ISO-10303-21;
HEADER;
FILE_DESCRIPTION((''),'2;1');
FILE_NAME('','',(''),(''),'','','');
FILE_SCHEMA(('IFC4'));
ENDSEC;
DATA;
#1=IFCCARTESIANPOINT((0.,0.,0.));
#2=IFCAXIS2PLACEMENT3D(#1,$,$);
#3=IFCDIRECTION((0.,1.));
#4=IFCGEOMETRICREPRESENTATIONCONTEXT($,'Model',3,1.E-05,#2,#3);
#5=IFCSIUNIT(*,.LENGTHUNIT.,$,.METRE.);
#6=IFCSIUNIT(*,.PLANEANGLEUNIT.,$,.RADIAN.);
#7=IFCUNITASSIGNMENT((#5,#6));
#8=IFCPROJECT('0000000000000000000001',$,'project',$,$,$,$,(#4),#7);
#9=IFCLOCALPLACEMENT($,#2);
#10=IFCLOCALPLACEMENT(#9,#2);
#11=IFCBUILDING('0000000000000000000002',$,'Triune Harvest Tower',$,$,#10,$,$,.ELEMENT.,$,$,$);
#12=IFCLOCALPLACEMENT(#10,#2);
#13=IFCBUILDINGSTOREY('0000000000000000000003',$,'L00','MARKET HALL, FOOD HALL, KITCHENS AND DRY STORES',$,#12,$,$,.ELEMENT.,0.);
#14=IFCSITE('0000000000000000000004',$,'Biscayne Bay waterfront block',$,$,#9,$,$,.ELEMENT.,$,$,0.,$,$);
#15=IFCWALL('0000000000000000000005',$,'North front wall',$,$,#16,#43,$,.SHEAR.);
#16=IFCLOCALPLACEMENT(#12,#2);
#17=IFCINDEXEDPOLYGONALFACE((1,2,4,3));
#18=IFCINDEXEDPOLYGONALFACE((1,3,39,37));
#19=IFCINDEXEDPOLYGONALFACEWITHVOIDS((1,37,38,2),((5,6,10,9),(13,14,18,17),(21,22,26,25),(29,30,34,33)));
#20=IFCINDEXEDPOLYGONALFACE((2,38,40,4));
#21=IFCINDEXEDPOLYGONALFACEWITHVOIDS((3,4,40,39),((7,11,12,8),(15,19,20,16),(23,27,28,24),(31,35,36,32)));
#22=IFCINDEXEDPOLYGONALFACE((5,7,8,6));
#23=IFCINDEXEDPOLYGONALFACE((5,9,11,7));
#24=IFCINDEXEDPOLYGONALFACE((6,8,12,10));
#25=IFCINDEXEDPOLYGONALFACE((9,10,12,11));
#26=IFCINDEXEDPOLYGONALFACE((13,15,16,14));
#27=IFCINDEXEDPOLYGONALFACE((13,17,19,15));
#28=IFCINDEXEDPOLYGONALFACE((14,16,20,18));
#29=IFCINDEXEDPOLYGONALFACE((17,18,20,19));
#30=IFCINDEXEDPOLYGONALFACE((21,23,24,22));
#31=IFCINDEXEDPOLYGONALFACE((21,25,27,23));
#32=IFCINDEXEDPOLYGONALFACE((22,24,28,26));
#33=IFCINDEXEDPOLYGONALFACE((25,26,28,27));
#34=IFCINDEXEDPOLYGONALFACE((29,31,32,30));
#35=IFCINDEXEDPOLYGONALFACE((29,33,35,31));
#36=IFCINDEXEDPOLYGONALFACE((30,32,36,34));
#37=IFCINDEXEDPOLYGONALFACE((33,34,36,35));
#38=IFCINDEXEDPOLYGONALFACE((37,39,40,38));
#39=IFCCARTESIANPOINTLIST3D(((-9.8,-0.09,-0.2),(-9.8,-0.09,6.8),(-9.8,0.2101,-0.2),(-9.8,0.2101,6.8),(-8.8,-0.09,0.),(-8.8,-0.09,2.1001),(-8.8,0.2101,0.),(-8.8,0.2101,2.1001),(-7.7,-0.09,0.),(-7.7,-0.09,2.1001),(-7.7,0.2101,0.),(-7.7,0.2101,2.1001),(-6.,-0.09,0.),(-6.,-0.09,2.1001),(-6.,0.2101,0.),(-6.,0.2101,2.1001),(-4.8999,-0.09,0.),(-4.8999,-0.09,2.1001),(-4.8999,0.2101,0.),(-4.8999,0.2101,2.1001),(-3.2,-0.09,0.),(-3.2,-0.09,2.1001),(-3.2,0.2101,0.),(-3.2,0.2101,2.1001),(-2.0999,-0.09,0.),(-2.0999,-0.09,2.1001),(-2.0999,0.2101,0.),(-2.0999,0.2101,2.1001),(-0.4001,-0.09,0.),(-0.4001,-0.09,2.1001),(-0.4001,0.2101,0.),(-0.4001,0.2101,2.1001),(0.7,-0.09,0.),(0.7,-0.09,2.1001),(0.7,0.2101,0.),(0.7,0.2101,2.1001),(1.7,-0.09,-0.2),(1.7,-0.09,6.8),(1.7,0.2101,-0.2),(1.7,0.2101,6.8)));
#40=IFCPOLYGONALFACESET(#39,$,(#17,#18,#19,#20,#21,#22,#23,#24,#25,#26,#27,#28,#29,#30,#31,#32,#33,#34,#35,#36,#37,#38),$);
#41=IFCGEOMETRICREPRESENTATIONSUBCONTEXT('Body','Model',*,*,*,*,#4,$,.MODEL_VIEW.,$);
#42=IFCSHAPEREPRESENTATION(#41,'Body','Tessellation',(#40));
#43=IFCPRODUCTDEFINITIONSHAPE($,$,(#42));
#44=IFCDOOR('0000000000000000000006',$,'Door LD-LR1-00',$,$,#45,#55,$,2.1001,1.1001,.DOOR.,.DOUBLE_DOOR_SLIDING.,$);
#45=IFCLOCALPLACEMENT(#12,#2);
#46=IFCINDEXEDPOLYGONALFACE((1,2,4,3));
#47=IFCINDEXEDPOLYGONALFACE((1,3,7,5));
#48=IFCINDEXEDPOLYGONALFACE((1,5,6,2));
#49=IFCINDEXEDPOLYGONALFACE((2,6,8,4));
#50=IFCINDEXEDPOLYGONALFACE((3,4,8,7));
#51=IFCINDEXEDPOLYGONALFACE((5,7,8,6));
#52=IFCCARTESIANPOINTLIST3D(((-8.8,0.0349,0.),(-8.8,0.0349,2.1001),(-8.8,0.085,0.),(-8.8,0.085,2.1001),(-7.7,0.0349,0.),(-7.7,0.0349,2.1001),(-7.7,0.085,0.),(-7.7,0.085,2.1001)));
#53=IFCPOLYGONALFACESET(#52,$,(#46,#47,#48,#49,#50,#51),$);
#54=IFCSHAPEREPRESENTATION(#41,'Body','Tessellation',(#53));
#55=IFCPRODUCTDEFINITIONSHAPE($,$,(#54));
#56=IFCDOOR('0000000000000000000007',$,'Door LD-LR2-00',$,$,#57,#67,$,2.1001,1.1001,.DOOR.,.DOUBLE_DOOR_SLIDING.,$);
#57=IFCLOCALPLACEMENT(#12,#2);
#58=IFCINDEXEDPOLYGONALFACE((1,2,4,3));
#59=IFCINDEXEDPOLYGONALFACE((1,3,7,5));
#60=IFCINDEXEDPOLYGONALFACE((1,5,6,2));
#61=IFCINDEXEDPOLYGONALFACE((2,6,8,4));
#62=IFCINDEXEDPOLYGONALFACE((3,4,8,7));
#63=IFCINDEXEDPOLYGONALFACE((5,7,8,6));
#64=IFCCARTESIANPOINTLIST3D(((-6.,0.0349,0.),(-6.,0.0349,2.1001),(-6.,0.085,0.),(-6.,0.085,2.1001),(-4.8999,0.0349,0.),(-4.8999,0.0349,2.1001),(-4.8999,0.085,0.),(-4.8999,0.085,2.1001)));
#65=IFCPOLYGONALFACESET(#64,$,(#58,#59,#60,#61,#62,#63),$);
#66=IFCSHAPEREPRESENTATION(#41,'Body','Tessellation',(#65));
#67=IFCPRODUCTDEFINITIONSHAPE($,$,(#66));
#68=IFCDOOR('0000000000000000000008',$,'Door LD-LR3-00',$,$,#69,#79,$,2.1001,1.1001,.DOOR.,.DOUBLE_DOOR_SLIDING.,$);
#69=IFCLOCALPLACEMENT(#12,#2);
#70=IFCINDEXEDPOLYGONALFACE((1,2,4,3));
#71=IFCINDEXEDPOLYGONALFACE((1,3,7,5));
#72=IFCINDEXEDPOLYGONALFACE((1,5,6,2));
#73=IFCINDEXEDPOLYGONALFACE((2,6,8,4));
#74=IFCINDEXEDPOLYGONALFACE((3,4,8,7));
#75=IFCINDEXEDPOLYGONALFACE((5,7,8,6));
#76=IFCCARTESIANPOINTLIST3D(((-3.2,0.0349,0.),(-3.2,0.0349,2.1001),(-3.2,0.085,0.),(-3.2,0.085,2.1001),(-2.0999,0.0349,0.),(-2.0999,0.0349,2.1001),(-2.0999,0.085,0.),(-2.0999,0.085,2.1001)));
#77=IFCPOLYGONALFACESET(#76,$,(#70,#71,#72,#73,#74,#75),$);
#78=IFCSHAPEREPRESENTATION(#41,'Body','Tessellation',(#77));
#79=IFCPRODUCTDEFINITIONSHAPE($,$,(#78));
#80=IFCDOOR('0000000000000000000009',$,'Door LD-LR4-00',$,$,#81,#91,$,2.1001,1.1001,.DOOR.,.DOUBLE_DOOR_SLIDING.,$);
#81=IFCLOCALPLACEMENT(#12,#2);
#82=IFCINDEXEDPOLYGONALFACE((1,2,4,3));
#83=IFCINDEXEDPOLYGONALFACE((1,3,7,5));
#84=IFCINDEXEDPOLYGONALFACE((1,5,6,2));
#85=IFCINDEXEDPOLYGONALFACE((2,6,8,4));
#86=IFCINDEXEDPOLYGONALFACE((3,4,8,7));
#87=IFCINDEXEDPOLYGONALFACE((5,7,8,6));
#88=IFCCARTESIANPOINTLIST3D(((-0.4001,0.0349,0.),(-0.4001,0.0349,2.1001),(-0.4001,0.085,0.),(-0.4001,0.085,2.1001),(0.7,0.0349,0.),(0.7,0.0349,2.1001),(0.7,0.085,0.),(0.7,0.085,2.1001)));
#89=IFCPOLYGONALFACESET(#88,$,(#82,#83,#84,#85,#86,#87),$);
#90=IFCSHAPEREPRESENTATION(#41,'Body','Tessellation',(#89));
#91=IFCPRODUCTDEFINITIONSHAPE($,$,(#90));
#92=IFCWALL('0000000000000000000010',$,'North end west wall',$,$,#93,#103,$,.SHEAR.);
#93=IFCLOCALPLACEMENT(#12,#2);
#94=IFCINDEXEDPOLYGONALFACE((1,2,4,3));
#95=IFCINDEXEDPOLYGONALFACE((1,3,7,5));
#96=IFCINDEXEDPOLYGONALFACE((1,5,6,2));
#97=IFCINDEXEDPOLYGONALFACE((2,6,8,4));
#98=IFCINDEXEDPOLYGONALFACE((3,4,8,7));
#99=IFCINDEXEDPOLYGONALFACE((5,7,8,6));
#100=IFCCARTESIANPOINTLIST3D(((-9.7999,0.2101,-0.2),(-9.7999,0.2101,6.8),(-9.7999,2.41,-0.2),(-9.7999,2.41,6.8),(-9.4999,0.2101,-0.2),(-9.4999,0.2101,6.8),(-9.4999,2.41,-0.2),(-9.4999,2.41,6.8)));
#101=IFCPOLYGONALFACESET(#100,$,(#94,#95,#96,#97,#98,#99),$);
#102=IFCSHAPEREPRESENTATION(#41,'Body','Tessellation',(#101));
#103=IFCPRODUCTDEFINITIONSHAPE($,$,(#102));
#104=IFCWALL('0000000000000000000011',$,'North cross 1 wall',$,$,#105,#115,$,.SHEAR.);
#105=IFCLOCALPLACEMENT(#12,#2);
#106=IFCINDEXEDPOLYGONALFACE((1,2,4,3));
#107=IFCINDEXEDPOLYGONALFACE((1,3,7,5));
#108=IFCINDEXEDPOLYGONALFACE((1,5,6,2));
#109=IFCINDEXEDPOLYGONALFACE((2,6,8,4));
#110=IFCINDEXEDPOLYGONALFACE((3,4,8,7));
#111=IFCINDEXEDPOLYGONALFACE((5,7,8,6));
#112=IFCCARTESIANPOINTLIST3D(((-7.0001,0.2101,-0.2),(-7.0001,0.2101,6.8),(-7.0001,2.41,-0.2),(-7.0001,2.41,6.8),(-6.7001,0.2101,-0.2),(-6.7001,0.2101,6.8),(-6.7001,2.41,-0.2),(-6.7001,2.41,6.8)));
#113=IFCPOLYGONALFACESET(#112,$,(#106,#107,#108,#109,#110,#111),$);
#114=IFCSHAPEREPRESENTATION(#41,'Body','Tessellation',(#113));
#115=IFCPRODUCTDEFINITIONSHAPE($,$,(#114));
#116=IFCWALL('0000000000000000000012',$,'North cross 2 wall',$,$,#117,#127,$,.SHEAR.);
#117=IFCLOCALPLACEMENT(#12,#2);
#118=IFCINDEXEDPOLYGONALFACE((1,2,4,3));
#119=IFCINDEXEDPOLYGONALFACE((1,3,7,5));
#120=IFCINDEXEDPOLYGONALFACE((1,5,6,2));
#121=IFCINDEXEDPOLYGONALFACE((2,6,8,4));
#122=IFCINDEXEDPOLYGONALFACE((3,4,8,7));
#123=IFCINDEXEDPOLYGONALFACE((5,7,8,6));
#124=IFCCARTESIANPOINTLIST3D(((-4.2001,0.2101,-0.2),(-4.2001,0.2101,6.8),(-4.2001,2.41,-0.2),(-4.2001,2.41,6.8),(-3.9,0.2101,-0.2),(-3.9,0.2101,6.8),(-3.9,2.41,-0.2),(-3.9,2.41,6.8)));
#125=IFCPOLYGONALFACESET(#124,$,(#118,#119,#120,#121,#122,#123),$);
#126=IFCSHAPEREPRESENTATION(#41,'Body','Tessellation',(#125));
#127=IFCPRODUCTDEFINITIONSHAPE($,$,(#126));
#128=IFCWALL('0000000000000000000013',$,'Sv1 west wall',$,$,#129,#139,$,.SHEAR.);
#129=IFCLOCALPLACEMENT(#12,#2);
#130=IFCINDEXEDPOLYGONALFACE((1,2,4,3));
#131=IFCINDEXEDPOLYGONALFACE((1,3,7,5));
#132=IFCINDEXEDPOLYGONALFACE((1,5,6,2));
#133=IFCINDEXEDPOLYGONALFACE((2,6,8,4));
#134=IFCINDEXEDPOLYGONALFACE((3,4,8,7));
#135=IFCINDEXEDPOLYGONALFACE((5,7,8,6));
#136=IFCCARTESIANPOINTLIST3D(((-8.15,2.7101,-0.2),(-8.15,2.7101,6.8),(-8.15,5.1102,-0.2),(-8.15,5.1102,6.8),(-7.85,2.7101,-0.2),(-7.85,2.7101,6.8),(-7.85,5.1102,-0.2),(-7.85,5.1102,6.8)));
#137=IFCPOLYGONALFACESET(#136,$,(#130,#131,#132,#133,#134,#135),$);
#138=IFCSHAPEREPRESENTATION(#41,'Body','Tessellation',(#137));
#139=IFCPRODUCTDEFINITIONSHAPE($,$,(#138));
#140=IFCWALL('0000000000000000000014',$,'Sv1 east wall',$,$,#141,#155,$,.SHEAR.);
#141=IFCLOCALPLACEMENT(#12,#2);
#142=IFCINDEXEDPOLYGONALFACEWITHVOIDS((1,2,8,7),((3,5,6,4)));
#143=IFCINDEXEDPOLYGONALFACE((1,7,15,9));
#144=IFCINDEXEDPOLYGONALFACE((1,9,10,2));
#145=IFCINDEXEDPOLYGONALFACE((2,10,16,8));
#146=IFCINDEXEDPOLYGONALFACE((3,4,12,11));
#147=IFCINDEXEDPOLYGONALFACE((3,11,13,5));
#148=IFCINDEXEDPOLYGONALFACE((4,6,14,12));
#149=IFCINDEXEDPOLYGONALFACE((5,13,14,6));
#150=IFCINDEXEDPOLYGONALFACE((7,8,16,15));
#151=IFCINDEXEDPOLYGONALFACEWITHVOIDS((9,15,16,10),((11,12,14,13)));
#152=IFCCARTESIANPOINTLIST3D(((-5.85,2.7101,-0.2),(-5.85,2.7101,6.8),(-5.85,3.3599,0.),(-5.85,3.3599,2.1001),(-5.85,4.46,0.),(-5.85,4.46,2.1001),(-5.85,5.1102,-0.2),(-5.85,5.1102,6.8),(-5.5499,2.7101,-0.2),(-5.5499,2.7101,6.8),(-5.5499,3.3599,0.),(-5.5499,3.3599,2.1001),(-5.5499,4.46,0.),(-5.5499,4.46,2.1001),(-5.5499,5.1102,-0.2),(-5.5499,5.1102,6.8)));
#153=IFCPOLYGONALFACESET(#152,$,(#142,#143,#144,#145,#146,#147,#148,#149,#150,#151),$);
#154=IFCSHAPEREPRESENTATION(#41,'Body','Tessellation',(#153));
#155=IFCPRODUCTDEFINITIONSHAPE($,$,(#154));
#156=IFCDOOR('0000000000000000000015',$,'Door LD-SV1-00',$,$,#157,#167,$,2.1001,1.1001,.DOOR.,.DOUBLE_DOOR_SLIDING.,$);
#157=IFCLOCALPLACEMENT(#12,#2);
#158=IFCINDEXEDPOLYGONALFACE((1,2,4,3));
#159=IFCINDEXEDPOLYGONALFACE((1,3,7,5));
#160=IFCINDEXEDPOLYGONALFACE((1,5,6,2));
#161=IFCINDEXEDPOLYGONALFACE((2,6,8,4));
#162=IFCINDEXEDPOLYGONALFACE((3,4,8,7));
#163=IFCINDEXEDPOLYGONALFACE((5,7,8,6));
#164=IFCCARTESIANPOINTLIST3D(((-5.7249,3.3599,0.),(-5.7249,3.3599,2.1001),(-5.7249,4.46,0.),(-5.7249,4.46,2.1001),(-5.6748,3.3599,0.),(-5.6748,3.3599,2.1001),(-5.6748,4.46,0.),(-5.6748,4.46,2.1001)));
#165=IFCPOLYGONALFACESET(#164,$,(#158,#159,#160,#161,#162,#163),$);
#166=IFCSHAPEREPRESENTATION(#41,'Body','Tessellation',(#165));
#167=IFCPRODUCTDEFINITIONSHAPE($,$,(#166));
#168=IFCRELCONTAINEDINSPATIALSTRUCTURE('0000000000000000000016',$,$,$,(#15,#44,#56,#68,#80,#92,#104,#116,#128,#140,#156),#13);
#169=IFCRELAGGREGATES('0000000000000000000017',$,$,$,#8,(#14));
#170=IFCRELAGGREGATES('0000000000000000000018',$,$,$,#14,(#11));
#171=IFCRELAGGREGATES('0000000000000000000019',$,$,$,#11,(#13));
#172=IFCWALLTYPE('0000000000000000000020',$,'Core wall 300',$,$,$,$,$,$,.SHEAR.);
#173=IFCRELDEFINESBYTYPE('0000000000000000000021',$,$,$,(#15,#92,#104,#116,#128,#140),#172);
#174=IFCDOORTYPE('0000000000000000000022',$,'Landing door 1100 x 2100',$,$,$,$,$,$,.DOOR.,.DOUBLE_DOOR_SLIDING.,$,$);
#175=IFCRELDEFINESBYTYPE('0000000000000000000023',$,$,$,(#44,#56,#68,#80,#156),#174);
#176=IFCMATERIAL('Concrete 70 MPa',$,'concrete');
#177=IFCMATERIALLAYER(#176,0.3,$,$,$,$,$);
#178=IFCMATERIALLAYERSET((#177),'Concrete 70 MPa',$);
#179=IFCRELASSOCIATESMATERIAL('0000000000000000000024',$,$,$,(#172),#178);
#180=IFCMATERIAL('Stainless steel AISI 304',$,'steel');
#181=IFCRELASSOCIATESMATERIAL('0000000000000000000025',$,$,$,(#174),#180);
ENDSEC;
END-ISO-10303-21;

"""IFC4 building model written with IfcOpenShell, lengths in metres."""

from ifc_helpers import new_model, si_unit, direction, frame, frame_2d, origin, place, context, subcontext, project, spatial, rectangle, extrude, source, transform, mapped, material, layer, layer_set, type_object, element, fill, save


model = new_model("IFC4")

# Units and contexts
model_context = context("Model", 3, precision=1e-05, world=origin(), true_north=direction((0.0, 1.0)))
body_context = subcontext(model_context, "Body", "Model", "MODEL_VIEW")
ifc_project = project(units=[si_unit("LENGTHUNIT", "METRE"), si_unit("PLANEANGLEUNIT", "RADIAN")], contexts=[model_context])

# Site, building, storey
site_placement = place(None, origin())
site = spatial("IfcSite", under=ifc_project, at=site_placement, Name="Biscayne Bay waterfront block", CompositionType="ELEMENT", RefElevation=0.0)
building_placement = place(site_placement, origin())
building = spatial("IfcBuilding", under=site, at=building_placement, Name="Triune Harvest Tower", CompositionType="ELEMENT")
storey_placement = place(building_placement, origin())
storey = spatial("IfcBuildingStorey", under=building, at=storey_placement, Name="L00", Description="MARKET HALL, FOOD HALL, KITCHENS AND DRY STORES", CompositionType="ELEMENT", Elevation=0.0)

# Wall, openings, doors
ifc_material_1 = material(Name="Concrete 70 MPa", Category="concrete")
ifc_layer = layer(ifc_material_1, 0.3)
ifc_layer_set = layer_set([ifc_layer], Name="Concrete 70 MPa")
wall_type = type_object("IfcWallType", Name="Core wall 300", PredefinedType="SHEAR", material=ifc_layer_set)
wall_1_placement = place(storey_placement, frame((-9.8, 0.0601, -0.2), z_axis=(0.0, 0.0, 1.0), x_axis=(1.0, 0.0, 0.0)))
wall_1 = element("IfcWall", 1, at=wall_1_placement, inside=storey, type_object=wall_type, Name="North front wall", PredefinedType="SHEAR", context=body_context, shape_type="SweptSolid", body=[
    extrude(rectangle(XDim=11.5, YDim=0.3, at=frame_2d((5.75, 0.0))), origin(), (0.0, 0.0, 1.0), 7.0),
])
opening_1_placement = place(wall_1_placement, frame((1.0, 0.0, 0.2)))
opening_1 = element("IfcOpeningElement", 2, at=opening_1_placement, cuts=wall_1, PredefinedType="OPENING", context=body_context, shape_type="SweptSolid", body=[
    extrude(rectangle(XDim=1.1001, YDim=2.1001, at=frame_2d((0.55, 1.05))), frame((0.0, 0.1602, 0.0), z_axis=(0.0, -1.0, 0.0), x_axis=(1.0, 0.0, 0.0)), (0.0, 0.0, 1.0), 0.3201),
])
opening_2_placement = place(wall_1_placement, frame((3.8, 0.0, 0.2)))
opening_2 = element("IfcOpeningElement", 3, at=opening_2_placement, cuts=wall_1, PredefinedType="OPENING", context=body_context, shape_type="SweptSolid", body=[
    extrude(rectangle(XDim=1.1001, YDim=2.1001, at=frame_2d((0.55, 1.05))), frame((0.0, 0.1602, 0.0), z_axis=(0.0, -1.0, 0.0), x_axis=(1.0, 0.0, 0.0)), (0.0, 0.0, 1.0), 0.3201),
])
opening_3_placement = place(wall_1_placement, frame((6.6001, 0.0, 0.2)))
opening_3 = element("IfcOpeningElement", 4, at=opening_3_placement, cuts=wall_1, PredefinedType="OPENING", context=body_context, shape_type="SweptSolid", body=[
    extrude(rectangle(XDim=1.1001, YDim=2.1001, at=frame_2d((0.55, 1.05))), frame((0.0, 0.1602, 0.0), z_axis=(0.0, -1.0, 0.0), x_axis=(1.0, 0.0, 0.0)), (0.0, 0.0, 1.0), 0.3201),
])
opening_4_placement = place(wall_1_placement, frame((9.3999, 0.0, 0.2)))
opening_4 = element("IfcOpeningElement", 5, at=opening_4_placement, cuts=wall_1, PredefinedType="OPENING", context=body_context, shape_type="SweptSolid", body=[
    extrude(rectangle(XDim=1.1001, YDim=2.1001, at=frame_2d((0.55, 1.05))), frame((0.0, 0.1602, 0.0), z_axis=(0.0, -1.0, 0.0), x_axis=(1.0, 0.0, 0.0)), (0.0, 0.0, 1.0), 0.3201),
])
ifc_material_2 = material(Name="Stainless steel AISI 304", Category="steel")
door_type = type_object("IfcDoorType", Name="Landing door 1100 x 2100", OperationType="DOUBLE_DOOR_SLIDING", PredefinedType="DOOR", material=ifc_material_2)
door_1_placement = place(opening_1_placement, origin())
door_1 = element("IfcDoor", 6, at=door_1_placement, inside=storey, type_object=door_type, Name="Door LD-LR1-00", OperationType="DOUBLE_DOOR_SLIDING", OverallHeight=2.1001, OverallWidth=1.1001, PredefinedType="DOOR", context=body_context, shape_type="SweptSolid", body=[
    extrude(rectangle(XDim=1.1001, YDim=2.1001, at=frame_2d((0.55, 1.05))), frame((0.0, 0.0249, 0.0), z_axis=(0.0, -1.0, 0.0), x_axis=(1.0, 0.0, 0.0)), (0.0, 0.0, 1.0), 0.05),
])
fill(opening_1, door_1)
door_2_placement = place(opening_2_placement, origin())
door_2 = element("IfcDoor", 7, at=door_2_placement, inside=storey, type_object=door_type, Name="Door LD-LR2-00", OperationType="DOUBLE_DOOR_SLIDING", OverallHeight=2.1001, OverallWidth=1.1001, PredefinedType="DOOR", context=body_context, shape_type="SweptSolid", body=[
    extrude(rectangle(XDim=1.1001, YDim=2.1001, at=frame_2d((0.55, 1.05))), frame((0.0, 0.0249, 0.0), z_axis=(0.0, -1.0, 0.0), x_axis=(1.0, 0.0, 0.0)), (0.0, 0.0, 1.0), 0.05),
])
fill(opening_2, door_2)
door_3_placement = place(opening_3_placement, origin())
door_3 = element("IfcDoor", 8, at=door_3_placement, inside=storey, type_object=door_type, Name="Door LD-LR3-00", OperationType="DOUBLE_DOOR_SLIDING", OverallHeight=2.1001, OverallWidth=1.1001, PredefinedType="DOOR", context=body_context, shape_type="SweptSolid", body=[
    extrude(rectangle(XDim=1.1001, YDim=2.1001, at=frame_2d((0.55, 1.05))), frame((0.0, 0.0249, 0.0), z_axis=(0.0, -1.0, 0.0), x_axis=(1.0, 0.0, 0.0)), (0.0, 0.0, 1.0), 0.05),
])
fill(opening_3, door_3)
door_4_placement = place(opening_4_placement, origin())
door_4 = element("IfcDoor", 9, at=door_4_placement, inside=storey, type_object=door_type, Name="Door LD-LR4-00", OperationType="DOUBLE_DOOR_SLIDING", OverallHeight=2.1001, OverallWidth=1.1001, PredefinedType="DOOR", context=body_context, shape_type="SweptSolid", body=[
    extrude(rectangle(XDim=1.1001, YDim=2.1001, at=frame_2d((0.55, 1.05))), frame((0.0, 0.0249, 0.0), z_axis=(0.0, -1.0, 0.0), x_axis=(1.0, 0.0, 0.0)), (0.0, 0.0, 1.0), 0.05),
])
fill(opening_4, door_4)

# Walls
shared_shape_1 = source(origin(), body_context, "Body", "SweptSolid", [
    extrude(rectangle(XDim=2.2, YDim=0.3, at=frame_2d((1.1001, 0.0))), origin(), (0.0, 0.0, 1.0), 7.0),
])
for number, where, z_axis, x_axis, name in (
    (10, (-9.6499, 0.21, -0.2), (0.0, 0.0, 1.0), (0.0, 1.0, 0.0), "North end west wall"),
    (11, (-6.8501, 0.21, -0.2), (0.0, 0.0, 1.0), (0.0, 1.0, 0.0), "North cross 1 wall"),
    (12, (-4.05, 0.21, -0.2), (0.0, 0.0, 1.0), (0.0, 1.0, 0.0), "North cross 2 wall"),
):
    element("IfcWall", number, at=place(storey_placement, frame(where, z_axis=z_axis, x_axis=x_axis)), inside=storey, type_object=wall_type, Name=name, PredefinedType="SHEAR", context=body_context, shape_type="MappedRepresentation", body=[
        mapped(shared_shape_1, transform((0.0, 0.0, 0.0), scale=1.0)),
    ])
shared_shape_2 = source(origin(), body_context, "Body", "SweptSolid", [
    extrude(rectangle(XDim=2.4001, YDim=0.3, at=frame_2d((1.2002, 0.0))), origin(), (0.0, 0.0, 1.0), 7.0),
])
wall_2_placement = place(storey_placement, frame((-8.0, 2.71, -0.2), z_axis=(0.0, 0.0, 1.0), x_axis=(0.0, 1.0, 0.0)))
element("IfcWall", 13, at=wall_2_placement, inside=storey, type_object=wall_type, Name="Sv1 west wall", PredefinedType="SHEAR", context=body_context, shape_type="MappedRepresentation", body=[
    mapped(shared_shape_2, transform((0.0, 0.0, 0.0), scale=1.0)),
])

# Wall, opening, door
wall_3_placement = place(storey_placement, frame((-5.7, 2.71, -0.2), z_axis=(0.0, 0.0, 1.0), x_axis=(0.0, 1.0, 0.0)))
wall_3 = element("IfcWall", 14, at=wall_3_placement, inside=storey, type_object=wall_type, Name="Sv1 east wall", PredefinedType="SHEAR", context=body_context, shape_type="MappedRepresentation", body=[
    mapped(shared_shape_2, transform((0.0, 0.0, 0.0), scale=1.0)),
])
opening_5_placement = place(wall_3_placement, frame((0.6499, 0.0, 0.2)))
opening_5 = element("IfcOpeningElement", 15, at=opening_5_placement, cuts=wall_3, PredefinedType="OPENING", context=body_context, shape_type="SweptSolid", body=[
    extrude(rectangle(XDim=1.1001, YDim=2.1001, at=frame_2d((0.55, 1.05))), frame((0.0, 0.1602, 0.0), z_axis=(0.0, -1.0, 0.0), x_axis=(1.0, 0.0, 0.0)), (0.0, 0.0, 1.0), 0.3201),
])
door_5_placement = place(opening_5_placement, origin())
door_5 = element("IfcDoor", 16, at=door_5_placement, inside=storey, type_object=door_type, Name="Door LD-SV1-00", OperationType="DOUBLE_DOOR_SLIDING", OverallHeight=2.1001, OverallWidth=1.1001, PredefinedType="DOOR", context=body_context, shape_type="SweptSolid", body=[
    extrude(rectangle(XDim=1.1001, YDim=2.1001, at=frame_2d((0.55, 1.05))), frame((0.0, 0.0249, 0.0), z_axis=(0.0, -1.0, 0.0), x_axis=(1.0, 0.0, 0.0)), (0.0, 0.0, 1.0), 0.05),
])
fill(opening_5, door_5)

save(model, "model.ifc")
